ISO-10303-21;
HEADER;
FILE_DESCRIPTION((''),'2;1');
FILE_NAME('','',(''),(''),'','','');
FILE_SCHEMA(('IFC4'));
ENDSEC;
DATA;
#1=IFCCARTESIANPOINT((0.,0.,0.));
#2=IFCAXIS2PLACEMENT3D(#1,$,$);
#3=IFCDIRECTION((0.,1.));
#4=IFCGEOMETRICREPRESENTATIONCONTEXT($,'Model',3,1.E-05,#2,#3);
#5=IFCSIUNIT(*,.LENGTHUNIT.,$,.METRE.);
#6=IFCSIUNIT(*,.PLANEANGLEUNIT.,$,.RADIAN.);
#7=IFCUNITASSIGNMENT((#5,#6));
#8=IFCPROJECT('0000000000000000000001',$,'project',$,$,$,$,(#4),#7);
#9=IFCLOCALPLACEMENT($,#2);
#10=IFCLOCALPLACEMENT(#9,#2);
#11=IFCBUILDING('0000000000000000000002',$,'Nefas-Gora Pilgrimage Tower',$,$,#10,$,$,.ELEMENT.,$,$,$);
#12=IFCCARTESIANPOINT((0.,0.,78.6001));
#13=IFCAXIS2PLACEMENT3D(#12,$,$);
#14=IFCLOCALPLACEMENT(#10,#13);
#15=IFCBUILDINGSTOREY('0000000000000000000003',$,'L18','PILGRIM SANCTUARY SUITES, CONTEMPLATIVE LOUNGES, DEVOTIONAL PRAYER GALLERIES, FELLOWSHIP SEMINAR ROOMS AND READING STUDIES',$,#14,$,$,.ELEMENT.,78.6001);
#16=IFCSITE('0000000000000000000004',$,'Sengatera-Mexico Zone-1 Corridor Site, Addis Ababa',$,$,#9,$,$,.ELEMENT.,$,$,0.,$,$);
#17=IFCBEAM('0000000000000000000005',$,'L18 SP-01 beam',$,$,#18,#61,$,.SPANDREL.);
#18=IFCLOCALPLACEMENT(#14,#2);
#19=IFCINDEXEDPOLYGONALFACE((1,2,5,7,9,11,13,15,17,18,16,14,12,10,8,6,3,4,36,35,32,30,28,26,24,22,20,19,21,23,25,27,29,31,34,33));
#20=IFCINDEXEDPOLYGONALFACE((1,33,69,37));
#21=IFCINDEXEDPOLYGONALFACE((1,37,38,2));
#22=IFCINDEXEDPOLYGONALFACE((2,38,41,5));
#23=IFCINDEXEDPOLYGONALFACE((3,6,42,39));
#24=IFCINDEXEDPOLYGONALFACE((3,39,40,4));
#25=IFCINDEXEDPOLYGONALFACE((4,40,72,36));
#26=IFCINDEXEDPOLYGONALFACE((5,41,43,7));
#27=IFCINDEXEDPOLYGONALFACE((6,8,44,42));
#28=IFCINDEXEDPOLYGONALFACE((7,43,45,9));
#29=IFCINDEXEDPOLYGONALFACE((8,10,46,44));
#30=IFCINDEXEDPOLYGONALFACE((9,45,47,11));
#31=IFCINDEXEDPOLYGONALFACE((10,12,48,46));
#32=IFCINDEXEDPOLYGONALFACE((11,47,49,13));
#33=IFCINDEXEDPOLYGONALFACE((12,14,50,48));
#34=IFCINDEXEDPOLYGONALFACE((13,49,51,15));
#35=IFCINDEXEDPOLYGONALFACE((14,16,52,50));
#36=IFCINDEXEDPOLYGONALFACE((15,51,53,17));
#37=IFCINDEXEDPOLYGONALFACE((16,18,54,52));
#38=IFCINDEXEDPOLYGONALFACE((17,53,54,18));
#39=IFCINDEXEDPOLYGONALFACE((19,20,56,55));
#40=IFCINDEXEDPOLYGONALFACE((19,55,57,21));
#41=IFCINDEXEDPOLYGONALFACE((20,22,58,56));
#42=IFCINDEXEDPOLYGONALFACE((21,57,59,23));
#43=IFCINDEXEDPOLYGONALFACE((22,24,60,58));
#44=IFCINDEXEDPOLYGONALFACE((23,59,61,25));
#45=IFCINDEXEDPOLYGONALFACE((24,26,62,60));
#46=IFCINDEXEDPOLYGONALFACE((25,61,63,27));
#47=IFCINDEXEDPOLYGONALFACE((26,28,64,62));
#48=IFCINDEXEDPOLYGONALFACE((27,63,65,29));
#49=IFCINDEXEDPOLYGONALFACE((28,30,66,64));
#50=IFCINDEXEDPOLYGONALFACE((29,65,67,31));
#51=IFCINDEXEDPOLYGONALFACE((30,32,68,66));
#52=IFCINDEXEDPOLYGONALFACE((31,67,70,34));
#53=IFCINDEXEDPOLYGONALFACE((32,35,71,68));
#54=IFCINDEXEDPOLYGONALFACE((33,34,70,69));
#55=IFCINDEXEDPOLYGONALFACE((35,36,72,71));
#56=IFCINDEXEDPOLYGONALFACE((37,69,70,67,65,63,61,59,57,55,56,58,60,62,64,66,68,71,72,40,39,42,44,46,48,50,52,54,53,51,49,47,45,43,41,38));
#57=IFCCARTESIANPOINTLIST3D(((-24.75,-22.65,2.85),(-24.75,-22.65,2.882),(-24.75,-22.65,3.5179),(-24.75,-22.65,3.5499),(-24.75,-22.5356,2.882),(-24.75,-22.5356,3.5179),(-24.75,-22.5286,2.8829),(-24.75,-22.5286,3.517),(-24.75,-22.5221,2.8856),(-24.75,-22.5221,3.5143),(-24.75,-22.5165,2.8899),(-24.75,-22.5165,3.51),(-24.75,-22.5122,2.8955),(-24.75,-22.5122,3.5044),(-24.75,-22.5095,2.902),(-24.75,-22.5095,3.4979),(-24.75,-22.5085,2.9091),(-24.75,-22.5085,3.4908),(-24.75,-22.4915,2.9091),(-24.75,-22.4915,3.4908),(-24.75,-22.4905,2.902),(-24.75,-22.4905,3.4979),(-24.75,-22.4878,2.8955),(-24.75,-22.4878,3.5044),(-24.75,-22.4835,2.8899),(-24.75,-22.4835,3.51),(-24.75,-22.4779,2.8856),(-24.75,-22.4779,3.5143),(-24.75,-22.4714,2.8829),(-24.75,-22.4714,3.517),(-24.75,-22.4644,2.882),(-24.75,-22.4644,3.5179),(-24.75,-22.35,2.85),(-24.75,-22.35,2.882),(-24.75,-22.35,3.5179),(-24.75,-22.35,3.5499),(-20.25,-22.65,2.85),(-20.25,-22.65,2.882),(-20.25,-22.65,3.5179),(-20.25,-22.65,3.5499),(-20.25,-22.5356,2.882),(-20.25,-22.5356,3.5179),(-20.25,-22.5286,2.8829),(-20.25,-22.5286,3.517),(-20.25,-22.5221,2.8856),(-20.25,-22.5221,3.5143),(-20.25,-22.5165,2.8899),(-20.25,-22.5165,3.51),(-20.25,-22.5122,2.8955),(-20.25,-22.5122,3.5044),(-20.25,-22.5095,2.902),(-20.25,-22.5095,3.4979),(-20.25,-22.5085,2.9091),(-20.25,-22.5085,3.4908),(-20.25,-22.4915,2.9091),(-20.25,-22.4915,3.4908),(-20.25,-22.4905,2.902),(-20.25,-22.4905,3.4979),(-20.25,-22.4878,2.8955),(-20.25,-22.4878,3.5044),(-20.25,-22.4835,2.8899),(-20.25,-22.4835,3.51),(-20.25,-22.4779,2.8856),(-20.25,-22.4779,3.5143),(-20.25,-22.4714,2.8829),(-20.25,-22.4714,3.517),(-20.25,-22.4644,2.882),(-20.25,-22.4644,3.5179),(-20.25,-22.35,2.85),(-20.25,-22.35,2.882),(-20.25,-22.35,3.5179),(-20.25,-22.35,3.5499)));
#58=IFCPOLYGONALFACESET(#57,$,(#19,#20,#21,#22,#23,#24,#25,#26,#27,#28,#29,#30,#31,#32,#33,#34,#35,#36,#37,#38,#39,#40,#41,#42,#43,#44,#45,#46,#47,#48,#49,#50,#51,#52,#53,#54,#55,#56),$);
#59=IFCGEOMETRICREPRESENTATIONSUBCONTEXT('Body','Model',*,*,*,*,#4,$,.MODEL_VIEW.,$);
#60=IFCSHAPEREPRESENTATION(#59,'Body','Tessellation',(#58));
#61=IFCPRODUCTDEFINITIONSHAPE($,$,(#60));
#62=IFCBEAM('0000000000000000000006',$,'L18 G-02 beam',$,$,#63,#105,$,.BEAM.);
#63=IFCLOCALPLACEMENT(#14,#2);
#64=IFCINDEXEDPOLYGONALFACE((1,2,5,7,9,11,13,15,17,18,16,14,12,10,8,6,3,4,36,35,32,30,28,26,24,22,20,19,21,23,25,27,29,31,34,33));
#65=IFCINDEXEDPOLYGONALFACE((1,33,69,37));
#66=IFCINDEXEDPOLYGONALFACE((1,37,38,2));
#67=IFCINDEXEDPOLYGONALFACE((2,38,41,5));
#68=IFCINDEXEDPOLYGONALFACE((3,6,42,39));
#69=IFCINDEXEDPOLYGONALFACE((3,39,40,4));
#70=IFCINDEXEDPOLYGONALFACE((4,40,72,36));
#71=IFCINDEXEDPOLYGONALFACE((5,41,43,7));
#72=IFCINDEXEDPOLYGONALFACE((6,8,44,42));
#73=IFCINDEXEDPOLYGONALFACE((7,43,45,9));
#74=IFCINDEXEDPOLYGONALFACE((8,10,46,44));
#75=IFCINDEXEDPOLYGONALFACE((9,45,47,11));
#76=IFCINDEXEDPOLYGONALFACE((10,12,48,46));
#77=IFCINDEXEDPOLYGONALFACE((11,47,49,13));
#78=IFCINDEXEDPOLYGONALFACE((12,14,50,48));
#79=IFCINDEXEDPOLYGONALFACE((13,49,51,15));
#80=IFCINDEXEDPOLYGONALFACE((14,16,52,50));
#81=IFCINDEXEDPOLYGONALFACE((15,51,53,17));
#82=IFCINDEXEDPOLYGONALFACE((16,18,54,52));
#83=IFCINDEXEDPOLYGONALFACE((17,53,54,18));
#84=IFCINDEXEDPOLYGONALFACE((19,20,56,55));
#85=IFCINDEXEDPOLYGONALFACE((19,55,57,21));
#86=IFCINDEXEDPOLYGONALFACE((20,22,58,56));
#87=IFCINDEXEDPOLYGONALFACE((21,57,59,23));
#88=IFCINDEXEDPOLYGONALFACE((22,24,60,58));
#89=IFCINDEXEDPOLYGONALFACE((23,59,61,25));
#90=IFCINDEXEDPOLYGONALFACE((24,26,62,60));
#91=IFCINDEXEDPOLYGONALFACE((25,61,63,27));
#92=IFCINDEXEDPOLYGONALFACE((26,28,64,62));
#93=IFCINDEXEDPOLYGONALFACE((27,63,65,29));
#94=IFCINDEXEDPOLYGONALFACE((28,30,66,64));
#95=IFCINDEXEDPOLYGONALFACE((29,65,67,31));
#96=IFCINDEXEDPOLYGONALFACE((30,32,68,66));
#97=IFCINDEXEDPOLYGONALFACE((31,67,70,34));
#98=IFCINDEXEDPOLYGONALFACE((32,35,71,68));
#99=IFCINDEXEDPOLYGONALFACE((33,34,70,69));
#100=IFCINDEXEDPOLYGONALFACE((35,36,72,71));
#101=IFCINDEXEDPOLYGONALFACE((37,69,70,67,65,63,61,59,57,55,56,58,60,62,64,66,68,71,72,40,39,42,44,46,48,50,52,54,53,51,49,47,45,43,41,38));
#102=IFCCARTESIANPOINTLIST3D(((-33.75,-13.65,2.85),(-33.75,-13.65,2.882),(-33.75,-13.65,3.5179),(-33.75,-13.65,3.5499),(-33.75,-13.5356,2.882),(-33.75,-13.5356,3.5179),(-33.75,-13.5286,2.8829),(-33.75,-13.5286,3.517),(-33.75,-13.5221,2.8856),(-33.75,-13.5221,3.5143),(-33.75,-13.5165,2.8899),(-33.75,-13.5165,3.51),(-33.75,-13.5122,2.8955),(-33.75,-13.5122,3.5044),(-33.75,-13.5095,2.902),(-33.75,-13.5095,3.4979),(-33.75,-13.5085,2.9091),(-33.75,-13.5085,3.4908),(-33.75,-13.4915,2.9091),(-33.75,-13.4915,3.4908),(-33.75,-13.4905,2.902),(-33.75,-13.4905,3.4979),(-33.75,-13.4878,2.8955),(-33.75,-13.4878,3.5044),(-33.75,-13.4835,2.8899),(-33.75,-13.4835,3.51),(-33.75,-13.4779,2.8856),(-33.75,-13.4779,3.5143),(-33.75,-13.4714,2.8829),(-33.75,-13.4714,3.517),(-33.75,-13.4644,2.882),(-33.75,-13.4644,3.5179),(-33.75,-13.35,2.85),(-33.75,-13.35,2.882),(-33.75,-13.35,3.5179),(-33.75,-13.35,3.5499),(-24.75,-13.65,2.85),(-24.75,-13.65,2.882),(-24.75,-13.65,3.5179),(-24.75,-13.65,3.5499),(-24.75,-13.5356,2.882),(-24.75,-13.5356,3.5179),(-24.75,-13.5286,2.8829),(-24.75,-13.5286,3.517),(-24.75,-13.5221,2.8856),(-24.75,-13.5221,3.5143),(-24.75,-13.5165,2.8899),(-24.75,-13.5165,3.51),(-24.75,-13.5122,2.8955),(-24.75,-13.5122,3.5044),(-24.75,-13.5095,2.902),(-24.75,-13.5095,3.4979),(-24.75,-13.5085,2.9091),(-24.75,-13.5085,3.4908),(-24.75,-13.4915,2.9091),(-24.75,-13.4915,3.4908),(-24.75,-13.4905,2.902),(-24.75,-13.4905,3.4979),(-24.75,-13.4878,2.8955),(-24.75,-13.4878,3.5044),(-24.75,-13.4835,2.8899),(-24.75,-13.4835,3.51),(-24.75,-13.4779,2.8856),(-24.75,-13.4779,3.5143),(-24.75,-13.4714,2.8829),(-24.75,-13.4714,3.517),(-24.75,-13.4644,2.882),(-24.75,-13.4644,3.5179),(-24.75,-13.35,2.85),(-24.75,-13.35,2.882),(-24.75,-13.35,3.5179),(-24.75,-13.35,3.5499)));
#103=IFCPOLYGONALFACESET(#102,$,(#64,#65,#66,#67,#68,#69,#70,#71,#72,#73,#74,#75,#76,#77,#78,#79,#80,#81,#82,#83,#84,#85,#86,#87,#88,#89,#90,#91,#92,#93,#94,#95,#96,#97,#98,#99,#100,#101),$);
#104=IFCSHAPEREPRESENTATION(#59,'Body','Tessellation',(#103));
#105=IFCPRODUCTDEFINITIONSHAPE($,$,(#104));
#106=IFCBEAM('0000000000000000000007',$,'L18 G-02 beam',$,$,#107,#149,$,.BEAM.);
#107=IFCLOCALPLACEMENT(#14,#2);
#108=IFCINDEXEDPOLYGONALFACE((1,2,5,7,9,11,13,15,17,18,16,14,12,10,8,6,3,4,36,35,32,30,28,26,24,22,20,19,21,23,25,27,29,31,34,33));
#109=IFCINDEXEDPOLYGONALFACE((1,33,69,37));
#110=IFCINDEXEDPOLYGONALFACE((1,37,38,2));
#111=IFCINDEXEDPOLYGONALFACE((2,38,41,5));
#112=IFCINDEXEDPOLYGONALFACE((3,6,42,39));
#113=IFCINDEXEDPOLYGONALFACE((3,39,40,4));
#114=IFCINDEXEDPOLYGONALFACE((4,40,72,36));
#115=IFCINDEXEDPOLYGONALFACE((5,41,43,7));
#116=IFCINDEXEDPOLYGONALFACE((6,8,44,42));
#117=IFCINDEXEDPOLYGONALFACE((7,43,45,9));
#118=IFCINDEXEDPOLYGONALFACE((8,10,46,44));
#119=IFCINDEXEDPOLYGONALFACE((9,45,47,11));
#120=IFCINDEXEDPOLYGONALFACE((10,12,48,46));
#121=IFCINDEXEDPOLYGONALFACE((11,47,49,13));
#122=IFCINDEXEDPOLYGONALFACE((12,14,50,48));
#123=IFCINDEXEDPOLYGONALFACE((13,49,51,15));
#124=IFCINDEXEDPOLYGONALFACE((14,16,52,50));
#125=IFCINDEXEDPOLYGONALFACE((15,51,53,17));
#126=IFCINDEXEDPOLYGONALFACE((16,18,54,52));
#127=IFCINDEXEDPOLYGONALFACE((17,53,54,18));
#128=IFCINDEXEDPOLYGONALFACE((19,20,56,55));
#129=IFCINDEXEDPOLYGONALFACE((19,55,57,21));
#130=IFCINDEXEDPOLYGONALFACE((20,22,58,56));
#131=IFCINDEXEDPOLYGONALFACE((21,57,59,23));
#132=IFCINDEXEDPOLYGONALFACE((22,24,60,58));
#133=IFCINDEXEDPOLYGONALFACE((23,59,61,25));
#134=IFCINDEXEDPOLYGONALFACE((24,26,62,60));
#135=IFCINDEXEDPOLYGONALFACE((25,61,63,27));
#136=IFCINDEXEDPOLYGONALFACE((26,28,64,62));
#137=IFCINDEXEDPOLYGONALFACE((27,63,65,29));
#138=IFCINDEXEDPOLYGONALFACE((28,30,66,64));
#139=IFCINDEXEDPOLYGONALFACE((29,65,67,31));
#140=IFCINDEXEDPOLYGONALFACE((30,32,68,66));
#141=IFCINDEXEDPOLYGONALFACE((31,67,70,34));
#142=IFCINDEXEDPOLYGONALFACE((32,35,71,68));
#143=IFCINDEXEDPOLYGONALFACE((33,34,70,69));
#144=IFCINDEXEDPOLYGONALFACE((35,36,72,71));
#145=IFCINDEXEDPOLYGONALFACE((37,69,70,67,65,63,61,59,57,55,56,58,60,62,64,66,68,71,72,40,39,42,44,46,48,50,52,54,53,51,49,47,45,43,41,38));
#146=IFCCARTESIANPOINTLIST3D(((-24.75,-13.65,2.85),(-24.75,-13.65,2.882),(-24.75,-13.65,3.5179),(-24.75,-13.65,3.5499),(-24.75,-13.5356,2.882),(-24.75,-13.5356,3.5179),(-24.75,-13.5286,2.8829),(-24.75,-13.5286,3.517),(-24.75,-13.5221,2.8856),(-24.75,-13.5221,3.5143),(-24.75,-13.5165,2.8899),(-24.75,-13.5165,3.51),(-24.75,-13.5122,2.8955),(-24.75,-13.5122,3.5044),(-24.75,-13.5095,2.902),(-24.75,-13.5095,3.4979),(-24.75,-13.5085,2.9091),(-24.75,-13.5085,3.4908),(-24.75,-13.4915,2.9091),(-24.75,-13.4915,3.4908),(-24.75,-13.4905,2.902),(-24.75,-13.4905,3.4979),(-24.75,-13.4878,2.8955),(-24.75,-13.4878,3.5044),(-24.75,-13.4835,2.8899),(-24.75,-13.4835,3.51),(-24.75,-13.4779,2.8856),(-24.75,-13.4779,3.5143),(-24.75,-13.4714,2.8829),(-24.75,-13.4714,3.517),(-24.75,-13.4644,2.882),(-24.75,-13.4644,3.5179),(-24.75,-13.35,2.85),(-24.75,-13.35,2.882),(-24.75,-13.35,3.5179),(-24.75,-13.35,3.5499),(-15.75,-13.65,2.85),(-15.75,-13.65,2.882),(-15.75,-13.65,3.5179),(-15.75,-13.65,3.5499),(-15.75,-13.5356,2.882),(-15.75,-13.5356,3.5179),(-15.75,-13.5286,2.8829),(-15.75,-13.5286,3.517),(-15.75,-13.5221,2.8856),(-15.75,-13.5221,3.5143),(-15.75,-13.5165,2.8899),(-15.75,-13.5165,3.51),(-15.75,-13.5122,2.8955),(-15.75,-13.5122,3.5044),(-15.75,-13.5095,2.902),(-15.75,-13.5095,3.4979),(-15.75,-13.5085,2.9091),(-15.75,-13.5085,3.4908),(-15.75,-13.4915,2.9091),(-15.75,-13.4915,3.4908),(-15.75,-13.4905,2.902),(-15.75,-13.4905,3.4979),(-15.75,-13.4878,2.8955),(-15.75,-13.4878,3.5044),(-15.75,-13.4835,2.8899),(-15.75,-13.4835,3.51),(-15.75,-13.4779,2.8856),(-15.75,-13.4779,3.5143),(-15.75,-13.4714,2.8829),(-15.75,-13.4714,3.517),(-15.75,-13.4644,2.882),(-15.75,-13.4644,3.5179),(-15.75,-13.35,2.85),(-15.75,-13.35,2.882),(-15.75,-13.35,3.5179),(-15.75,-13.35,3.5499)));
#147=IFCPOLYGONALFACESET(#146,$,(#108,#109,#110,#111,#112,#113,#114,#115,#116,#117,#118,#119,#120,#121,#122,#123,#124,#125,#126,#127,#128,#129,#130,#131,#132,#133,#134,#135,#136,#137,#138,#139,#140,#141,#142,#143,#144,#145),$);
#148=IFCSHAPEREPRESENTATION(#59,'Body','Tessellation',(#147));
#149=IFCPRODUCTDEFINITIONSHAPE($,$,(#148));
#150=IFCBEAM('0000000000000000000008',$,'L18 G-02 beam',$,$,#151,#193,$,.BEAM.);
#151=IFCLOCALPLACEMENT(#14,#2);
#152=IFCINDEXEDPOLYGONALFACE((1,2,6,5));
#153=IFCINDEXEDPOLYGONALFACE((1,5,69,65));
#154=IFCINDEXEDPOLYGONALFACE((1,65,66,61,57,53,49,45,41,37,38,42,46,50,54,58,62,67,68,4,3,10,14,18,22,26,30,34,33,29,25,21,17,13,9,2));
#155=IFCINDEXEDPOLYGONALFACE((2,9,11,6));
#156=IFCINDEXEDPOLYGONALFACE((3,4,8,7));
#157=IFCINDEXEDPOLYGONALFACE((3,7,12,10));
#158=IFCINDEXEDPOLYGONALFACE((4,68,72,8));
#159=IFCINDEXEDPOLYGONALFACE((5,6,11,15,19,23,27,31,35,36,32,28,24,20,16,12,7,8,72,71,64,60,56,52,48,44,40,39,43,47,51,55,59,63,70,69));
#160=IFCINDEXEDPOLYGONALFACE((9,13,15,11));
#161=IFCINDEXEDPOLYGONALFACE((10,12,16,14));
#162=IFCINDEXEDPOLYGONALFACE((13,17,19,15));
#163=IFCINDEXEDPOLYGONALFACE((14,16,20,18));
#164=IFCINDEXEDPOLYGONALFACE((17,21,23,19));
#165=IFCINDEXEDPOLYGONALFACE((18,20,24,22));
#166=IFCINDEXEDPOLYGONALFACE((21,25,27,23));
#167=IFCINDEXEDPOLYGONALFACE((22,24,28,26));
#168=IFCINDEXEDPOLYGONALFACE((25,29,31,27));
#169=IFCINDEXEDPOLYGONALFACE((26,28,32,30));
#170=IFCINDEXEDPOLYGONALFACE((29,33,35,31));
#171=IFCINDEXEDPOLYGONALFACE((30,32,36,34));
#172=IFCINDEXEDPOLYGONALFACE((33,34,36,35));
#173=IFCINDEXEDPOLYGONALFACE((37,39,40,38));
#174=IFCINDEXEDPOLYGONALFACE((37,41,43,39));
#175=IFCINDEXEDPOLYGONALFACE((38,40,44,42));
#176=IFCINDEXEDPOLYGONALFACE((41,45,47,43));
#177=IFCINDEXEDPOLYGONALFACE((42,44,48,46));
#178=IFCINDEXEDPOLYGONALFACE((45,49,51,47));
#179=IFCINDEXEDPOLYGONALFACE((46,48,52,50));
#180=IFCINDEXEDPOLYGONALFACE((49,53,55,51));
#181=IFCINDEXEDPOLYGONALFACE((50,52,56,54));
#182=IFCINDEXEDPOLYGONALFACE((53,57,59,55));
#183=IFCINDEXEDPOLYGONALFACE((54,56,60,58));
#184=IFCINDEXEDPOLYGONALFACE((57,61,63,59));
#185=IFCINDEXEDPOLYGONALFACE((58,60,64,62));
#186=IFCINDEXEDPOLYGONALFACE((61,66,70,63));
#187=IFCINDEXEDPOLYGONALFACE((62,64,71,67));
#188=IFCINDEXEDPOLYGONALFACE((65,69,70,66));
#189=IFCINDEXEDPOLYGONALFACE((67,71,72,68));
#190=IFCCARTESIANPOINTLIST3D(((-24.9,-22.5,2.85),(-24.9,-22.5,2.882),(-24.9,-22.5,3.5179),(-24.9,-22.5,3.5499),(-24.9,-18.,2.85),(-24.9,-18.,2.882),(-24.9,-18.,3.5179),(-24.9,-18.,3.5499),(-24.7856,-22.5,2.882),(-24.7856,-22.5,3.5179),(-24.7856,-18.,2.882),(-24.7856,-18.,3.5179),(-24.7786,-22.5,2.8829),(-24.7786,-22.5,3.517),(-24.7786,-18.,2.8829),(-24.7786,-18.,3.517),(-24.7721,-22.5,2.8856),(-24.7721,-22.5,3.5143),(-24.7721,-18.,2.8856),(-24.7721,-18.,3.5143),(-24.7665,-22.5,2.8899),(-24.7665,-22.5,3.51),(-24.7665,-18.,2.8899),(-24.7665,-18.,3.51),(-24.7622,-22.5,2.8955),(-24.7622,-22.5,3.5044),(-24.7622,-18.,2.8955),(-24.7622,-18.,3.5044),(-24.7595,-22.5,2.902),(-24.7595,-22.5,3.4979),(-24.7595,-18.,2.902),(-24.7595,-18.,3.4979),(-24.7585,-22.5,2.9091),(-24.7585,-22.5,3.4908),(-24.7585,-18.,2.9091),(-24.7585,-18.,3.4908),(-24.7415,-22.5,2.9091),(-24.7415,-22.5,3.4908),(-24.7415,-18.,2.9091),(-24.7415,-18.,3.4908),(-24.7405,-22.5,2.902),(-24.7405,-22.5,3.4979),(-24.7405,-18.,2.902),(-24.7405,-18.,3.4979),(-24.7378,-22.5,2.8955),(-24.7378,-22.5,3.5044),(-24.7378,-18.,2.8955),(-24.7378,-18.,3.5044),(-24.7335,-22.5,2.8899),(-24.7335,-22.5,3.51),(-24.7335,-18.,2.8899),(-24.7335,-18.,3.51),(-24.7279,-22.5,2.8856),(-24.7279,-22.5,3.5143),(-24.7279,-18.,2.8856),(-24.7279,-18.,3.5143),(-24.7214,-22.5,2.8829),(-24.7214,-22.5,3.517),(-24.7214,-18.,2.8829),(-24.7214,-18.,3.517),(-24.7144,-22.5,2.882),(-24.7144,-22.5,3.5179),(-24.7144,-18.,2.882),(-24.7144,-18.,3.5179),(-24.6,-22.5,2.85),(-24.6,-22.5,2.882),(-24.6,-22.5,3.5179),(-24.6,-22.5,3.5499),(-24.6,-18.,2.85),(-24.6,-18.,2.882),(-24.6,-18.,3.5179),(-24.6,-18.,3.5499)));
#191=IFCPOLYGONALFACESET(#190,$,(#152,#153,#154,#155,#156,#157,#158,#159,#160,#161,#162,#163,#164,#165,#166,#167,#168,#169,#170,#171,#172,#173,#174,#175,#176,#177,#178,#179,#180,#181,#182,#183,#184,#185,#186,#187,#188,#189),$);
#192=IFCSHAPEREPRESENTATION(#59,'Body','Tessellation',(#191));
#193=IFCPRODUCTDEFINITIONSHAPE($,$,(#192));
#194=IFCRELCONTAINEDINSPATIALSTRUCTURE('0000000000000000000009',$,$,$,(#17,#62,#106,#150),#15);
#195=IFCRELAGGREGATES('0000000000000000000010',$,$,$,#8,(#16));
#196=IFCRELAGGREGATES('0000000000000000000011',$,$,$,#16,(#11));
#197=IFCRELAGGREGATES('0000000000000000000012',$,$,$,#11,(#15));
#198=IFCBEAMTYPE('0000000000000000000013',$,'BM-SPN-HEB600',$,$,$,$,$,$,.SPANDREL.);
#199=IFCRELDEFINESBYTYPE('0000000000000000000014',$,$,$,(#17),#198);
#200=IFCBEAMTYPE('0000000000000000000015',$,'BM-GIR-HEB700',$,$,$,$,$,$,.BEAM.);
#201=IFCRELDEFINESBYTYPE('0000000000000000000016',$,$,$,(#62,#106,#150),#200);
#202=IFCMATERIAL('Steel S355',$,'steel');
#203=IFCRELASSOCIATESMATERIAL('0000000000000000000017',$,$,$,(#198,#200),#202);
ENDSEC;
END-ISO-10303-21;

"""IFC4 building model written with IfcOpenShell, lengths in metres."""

from ifc_helpers import new_model, si_unit, direction, frame, origin, origin_2d, place, context, subcontext, project, spatial, i_section, extrude, source, transform, mapped, material, material_profile, profile_set, type_object, element, save


model = new_model("IFC4")

# Units and contexts
model_context = context("Model", 3, precision=1e-05, world=origin(), true_north=direction((0.0, 1.0)))
body_context = subcontext(model_context, "Body", "Model", "MODEL_VIEW")
ifc_project = project(units=[si_unit("LENGTHUNIT", "METRE"), si_unit("PLANEANGLEUNIT", "RADIAN")], contexts=[model_context])

# Site, building, storey
site_placement = place(None, origin())
site = spatial("IfcSite", under=ifc_project, at=site_placement, Name="Sengatera-Mexico Zone-1 Corridor Site, Addis Ababa", CompositionType="ELEMENT", RefElevation=0.0)
building_placement = place(site_placement, origin())
building = spatial("IfcBuilding", under=site, at=building_placement, Name="Nefas-Gora Pilgrimage Tower", CompositionType="ELEMENT")
storey_placement = place(building_placement, frame((0.0, 0.0, 78.6001)))
storey = spatial("IfcBuildingStorey", under=building, at=storey_placement, Name="L18", Description="PILGRIM SANCTUARY SUITES, CONTEMPLATIVE LOUNGES, DEVOTIONAL PRAYER GALLERIES, FELLOWSHIP SEMINAR ROOMS AND READING STUDIES", CompositionType="ELEMENT", Elevation=78.6001)

# Beams
ifc_material_1 = material(Name="Steel S355", Category="steel")
ifc_material_profile_1 = material_profile(ifc_material_1, i_section(OverallWidth=0.3, OverallDepth=0.7, WebThickness=0.0171, FlangeThickness=0.032, FilletRadius=0.0271, at=origin_2d()), Name="HEB 700")
ifc_profile_set_1 = profile_set([ifc_material_profile_1], Name="Steel S355")
beam_type_1 = type_object("IfcBeamType", Name="BM-SPN-HEB600", PredefinedType="SPANDREL", material=ifc_profile_set_1)
shared_shape_1 = source(origin(), body_context, "Body", "SweptSolid", [
    extrude(i_section(OverallWidth=0.3, OverallDepth=0.7, WebThickness=0.0171, FlangeThickness=0.032, FilletRadius=0.0271, at=origin_2d()), origin(), (0.0, 0.0, 1.0), 4.5),
])
for number, where, z_axis, x_axis, name in (
    (1, (-24.75, -22.5, 3.2), (1.0, 0.0, 0.0), (0.0, 1.0, 0.0), "L18 SP-01 beam"),
):
    element("IfcBeam", number, at=place(storey_placement, frame(where, z_axis=z_axis, x_axis=x_axis)), inside=storey, type_object=beam_type_1, Name=name, PredefinedType="SPANDREL", context=body_context, shape_type="MappedRepresentation", body=[
        mapped(shared_shape_1, transform((0.0, 0.0, 0.0), x_axis=(1.0, 0.0, 0.0), y_axis=(0.0, 1.0, 0.0), z_axis=(0.0, 0.0, 1.0), scale=1.0)),
    ])
ifc_material_profile_2 = material_profile(ifc_material_1, i_section(OverallWidth=0.3, OverallDepth=0.7, WebThickness=0.0171, FlangeThickness=0.032, FilletRadius=0.0271, at=origin_2d()), Name="HEB 700")
ifc_profile_set_2 = profile_set([ifc_material_profile_2], Name="Steel S355")
beam_type_2 = type_object("IfcBeamType", Name="BM-GIR-HEB700", PredefinedType="BEAM", material=ifc_profile_set_2)
shared_shape_2 = source(origin(), body_context, "Body", "SweptSolid", [
    extrude(i_section(OverallWidth=0.3, OverallDepth=0.7, WebThickness=0.0171, FlangeThickness=0.032, FilletRadius=0.0271, at=origin_2d()), origin(), (0.0, 0.0, 1.0), 9.0),
])
for number, where, z_axis, x_axis, name in (
    (2, (-33.75, -13.5, 3.2), (1.0, 0.0, 0.0), (0.0, 1.0, 0.0), "L18 G-02 beam"),
    (3, (-24.75, -13.5, 3.2), (1.0, 0.0, 0.0), (0.0, 1.0, 0.0), "L18 G-02 beam"),
):
    element("IfcBeam", number, at=place(storey_placement, frame(where, z_axis=z_axis, x_axis=x_axis)), inside=storey, type_object=beam_type_2, Name=name, PredefinedType="BEAM", context=body_context, shape_type="MappedRepresentation", body=[
        mapped(shared_shape_2, transform((0.0, 0.0, 0.0), x_axis=(1.0, 0.0, 0.0), y_axis=(0.0, 1.0, 0.0), z_axis=(0.0, 0.0, 1.0), scale=1.0)),
    ])
shared_shape_3 = source(origin(), body_context, "Body", "SweptSolid", [
    extrude(i_section(OverallWidth=0.3, OverallDepth=0.7, WebThickness=0.0171, FlangeThickness=0.032, FilletRadius=0.0271, at=origin_2d()), origin(), (0.0, 0.0, 1.0), 4.5),
])
for number, where, z_axis, x_axis, name in (
    (4, (-24.75, -22.5, 3.2), (0.0, 1.0, 0.0), (-1.0, 0.0, 0.0), "L18 G-02 beam"),
):
    element("IfcBeam", number, at=place(storey_placement, frame(where, z_axis=z_axis, x_axis=x_axis)), inside=storey, type_object=beam_type_2, Name=name, PredefinedType="BEAM", context=body_context, shape_type="MappedRepresentation", body=[
        mapped(shared_shape_3, transform((0.0, 0.0, 0.0), x_axis=(1.0, 0.0, 0.0), y_axis=(0.0, 1.0, 0.0), z_axis=(0.0, 0.0, 1.0), scale=1.0)),
    ])

save(model, "model.ifc")
